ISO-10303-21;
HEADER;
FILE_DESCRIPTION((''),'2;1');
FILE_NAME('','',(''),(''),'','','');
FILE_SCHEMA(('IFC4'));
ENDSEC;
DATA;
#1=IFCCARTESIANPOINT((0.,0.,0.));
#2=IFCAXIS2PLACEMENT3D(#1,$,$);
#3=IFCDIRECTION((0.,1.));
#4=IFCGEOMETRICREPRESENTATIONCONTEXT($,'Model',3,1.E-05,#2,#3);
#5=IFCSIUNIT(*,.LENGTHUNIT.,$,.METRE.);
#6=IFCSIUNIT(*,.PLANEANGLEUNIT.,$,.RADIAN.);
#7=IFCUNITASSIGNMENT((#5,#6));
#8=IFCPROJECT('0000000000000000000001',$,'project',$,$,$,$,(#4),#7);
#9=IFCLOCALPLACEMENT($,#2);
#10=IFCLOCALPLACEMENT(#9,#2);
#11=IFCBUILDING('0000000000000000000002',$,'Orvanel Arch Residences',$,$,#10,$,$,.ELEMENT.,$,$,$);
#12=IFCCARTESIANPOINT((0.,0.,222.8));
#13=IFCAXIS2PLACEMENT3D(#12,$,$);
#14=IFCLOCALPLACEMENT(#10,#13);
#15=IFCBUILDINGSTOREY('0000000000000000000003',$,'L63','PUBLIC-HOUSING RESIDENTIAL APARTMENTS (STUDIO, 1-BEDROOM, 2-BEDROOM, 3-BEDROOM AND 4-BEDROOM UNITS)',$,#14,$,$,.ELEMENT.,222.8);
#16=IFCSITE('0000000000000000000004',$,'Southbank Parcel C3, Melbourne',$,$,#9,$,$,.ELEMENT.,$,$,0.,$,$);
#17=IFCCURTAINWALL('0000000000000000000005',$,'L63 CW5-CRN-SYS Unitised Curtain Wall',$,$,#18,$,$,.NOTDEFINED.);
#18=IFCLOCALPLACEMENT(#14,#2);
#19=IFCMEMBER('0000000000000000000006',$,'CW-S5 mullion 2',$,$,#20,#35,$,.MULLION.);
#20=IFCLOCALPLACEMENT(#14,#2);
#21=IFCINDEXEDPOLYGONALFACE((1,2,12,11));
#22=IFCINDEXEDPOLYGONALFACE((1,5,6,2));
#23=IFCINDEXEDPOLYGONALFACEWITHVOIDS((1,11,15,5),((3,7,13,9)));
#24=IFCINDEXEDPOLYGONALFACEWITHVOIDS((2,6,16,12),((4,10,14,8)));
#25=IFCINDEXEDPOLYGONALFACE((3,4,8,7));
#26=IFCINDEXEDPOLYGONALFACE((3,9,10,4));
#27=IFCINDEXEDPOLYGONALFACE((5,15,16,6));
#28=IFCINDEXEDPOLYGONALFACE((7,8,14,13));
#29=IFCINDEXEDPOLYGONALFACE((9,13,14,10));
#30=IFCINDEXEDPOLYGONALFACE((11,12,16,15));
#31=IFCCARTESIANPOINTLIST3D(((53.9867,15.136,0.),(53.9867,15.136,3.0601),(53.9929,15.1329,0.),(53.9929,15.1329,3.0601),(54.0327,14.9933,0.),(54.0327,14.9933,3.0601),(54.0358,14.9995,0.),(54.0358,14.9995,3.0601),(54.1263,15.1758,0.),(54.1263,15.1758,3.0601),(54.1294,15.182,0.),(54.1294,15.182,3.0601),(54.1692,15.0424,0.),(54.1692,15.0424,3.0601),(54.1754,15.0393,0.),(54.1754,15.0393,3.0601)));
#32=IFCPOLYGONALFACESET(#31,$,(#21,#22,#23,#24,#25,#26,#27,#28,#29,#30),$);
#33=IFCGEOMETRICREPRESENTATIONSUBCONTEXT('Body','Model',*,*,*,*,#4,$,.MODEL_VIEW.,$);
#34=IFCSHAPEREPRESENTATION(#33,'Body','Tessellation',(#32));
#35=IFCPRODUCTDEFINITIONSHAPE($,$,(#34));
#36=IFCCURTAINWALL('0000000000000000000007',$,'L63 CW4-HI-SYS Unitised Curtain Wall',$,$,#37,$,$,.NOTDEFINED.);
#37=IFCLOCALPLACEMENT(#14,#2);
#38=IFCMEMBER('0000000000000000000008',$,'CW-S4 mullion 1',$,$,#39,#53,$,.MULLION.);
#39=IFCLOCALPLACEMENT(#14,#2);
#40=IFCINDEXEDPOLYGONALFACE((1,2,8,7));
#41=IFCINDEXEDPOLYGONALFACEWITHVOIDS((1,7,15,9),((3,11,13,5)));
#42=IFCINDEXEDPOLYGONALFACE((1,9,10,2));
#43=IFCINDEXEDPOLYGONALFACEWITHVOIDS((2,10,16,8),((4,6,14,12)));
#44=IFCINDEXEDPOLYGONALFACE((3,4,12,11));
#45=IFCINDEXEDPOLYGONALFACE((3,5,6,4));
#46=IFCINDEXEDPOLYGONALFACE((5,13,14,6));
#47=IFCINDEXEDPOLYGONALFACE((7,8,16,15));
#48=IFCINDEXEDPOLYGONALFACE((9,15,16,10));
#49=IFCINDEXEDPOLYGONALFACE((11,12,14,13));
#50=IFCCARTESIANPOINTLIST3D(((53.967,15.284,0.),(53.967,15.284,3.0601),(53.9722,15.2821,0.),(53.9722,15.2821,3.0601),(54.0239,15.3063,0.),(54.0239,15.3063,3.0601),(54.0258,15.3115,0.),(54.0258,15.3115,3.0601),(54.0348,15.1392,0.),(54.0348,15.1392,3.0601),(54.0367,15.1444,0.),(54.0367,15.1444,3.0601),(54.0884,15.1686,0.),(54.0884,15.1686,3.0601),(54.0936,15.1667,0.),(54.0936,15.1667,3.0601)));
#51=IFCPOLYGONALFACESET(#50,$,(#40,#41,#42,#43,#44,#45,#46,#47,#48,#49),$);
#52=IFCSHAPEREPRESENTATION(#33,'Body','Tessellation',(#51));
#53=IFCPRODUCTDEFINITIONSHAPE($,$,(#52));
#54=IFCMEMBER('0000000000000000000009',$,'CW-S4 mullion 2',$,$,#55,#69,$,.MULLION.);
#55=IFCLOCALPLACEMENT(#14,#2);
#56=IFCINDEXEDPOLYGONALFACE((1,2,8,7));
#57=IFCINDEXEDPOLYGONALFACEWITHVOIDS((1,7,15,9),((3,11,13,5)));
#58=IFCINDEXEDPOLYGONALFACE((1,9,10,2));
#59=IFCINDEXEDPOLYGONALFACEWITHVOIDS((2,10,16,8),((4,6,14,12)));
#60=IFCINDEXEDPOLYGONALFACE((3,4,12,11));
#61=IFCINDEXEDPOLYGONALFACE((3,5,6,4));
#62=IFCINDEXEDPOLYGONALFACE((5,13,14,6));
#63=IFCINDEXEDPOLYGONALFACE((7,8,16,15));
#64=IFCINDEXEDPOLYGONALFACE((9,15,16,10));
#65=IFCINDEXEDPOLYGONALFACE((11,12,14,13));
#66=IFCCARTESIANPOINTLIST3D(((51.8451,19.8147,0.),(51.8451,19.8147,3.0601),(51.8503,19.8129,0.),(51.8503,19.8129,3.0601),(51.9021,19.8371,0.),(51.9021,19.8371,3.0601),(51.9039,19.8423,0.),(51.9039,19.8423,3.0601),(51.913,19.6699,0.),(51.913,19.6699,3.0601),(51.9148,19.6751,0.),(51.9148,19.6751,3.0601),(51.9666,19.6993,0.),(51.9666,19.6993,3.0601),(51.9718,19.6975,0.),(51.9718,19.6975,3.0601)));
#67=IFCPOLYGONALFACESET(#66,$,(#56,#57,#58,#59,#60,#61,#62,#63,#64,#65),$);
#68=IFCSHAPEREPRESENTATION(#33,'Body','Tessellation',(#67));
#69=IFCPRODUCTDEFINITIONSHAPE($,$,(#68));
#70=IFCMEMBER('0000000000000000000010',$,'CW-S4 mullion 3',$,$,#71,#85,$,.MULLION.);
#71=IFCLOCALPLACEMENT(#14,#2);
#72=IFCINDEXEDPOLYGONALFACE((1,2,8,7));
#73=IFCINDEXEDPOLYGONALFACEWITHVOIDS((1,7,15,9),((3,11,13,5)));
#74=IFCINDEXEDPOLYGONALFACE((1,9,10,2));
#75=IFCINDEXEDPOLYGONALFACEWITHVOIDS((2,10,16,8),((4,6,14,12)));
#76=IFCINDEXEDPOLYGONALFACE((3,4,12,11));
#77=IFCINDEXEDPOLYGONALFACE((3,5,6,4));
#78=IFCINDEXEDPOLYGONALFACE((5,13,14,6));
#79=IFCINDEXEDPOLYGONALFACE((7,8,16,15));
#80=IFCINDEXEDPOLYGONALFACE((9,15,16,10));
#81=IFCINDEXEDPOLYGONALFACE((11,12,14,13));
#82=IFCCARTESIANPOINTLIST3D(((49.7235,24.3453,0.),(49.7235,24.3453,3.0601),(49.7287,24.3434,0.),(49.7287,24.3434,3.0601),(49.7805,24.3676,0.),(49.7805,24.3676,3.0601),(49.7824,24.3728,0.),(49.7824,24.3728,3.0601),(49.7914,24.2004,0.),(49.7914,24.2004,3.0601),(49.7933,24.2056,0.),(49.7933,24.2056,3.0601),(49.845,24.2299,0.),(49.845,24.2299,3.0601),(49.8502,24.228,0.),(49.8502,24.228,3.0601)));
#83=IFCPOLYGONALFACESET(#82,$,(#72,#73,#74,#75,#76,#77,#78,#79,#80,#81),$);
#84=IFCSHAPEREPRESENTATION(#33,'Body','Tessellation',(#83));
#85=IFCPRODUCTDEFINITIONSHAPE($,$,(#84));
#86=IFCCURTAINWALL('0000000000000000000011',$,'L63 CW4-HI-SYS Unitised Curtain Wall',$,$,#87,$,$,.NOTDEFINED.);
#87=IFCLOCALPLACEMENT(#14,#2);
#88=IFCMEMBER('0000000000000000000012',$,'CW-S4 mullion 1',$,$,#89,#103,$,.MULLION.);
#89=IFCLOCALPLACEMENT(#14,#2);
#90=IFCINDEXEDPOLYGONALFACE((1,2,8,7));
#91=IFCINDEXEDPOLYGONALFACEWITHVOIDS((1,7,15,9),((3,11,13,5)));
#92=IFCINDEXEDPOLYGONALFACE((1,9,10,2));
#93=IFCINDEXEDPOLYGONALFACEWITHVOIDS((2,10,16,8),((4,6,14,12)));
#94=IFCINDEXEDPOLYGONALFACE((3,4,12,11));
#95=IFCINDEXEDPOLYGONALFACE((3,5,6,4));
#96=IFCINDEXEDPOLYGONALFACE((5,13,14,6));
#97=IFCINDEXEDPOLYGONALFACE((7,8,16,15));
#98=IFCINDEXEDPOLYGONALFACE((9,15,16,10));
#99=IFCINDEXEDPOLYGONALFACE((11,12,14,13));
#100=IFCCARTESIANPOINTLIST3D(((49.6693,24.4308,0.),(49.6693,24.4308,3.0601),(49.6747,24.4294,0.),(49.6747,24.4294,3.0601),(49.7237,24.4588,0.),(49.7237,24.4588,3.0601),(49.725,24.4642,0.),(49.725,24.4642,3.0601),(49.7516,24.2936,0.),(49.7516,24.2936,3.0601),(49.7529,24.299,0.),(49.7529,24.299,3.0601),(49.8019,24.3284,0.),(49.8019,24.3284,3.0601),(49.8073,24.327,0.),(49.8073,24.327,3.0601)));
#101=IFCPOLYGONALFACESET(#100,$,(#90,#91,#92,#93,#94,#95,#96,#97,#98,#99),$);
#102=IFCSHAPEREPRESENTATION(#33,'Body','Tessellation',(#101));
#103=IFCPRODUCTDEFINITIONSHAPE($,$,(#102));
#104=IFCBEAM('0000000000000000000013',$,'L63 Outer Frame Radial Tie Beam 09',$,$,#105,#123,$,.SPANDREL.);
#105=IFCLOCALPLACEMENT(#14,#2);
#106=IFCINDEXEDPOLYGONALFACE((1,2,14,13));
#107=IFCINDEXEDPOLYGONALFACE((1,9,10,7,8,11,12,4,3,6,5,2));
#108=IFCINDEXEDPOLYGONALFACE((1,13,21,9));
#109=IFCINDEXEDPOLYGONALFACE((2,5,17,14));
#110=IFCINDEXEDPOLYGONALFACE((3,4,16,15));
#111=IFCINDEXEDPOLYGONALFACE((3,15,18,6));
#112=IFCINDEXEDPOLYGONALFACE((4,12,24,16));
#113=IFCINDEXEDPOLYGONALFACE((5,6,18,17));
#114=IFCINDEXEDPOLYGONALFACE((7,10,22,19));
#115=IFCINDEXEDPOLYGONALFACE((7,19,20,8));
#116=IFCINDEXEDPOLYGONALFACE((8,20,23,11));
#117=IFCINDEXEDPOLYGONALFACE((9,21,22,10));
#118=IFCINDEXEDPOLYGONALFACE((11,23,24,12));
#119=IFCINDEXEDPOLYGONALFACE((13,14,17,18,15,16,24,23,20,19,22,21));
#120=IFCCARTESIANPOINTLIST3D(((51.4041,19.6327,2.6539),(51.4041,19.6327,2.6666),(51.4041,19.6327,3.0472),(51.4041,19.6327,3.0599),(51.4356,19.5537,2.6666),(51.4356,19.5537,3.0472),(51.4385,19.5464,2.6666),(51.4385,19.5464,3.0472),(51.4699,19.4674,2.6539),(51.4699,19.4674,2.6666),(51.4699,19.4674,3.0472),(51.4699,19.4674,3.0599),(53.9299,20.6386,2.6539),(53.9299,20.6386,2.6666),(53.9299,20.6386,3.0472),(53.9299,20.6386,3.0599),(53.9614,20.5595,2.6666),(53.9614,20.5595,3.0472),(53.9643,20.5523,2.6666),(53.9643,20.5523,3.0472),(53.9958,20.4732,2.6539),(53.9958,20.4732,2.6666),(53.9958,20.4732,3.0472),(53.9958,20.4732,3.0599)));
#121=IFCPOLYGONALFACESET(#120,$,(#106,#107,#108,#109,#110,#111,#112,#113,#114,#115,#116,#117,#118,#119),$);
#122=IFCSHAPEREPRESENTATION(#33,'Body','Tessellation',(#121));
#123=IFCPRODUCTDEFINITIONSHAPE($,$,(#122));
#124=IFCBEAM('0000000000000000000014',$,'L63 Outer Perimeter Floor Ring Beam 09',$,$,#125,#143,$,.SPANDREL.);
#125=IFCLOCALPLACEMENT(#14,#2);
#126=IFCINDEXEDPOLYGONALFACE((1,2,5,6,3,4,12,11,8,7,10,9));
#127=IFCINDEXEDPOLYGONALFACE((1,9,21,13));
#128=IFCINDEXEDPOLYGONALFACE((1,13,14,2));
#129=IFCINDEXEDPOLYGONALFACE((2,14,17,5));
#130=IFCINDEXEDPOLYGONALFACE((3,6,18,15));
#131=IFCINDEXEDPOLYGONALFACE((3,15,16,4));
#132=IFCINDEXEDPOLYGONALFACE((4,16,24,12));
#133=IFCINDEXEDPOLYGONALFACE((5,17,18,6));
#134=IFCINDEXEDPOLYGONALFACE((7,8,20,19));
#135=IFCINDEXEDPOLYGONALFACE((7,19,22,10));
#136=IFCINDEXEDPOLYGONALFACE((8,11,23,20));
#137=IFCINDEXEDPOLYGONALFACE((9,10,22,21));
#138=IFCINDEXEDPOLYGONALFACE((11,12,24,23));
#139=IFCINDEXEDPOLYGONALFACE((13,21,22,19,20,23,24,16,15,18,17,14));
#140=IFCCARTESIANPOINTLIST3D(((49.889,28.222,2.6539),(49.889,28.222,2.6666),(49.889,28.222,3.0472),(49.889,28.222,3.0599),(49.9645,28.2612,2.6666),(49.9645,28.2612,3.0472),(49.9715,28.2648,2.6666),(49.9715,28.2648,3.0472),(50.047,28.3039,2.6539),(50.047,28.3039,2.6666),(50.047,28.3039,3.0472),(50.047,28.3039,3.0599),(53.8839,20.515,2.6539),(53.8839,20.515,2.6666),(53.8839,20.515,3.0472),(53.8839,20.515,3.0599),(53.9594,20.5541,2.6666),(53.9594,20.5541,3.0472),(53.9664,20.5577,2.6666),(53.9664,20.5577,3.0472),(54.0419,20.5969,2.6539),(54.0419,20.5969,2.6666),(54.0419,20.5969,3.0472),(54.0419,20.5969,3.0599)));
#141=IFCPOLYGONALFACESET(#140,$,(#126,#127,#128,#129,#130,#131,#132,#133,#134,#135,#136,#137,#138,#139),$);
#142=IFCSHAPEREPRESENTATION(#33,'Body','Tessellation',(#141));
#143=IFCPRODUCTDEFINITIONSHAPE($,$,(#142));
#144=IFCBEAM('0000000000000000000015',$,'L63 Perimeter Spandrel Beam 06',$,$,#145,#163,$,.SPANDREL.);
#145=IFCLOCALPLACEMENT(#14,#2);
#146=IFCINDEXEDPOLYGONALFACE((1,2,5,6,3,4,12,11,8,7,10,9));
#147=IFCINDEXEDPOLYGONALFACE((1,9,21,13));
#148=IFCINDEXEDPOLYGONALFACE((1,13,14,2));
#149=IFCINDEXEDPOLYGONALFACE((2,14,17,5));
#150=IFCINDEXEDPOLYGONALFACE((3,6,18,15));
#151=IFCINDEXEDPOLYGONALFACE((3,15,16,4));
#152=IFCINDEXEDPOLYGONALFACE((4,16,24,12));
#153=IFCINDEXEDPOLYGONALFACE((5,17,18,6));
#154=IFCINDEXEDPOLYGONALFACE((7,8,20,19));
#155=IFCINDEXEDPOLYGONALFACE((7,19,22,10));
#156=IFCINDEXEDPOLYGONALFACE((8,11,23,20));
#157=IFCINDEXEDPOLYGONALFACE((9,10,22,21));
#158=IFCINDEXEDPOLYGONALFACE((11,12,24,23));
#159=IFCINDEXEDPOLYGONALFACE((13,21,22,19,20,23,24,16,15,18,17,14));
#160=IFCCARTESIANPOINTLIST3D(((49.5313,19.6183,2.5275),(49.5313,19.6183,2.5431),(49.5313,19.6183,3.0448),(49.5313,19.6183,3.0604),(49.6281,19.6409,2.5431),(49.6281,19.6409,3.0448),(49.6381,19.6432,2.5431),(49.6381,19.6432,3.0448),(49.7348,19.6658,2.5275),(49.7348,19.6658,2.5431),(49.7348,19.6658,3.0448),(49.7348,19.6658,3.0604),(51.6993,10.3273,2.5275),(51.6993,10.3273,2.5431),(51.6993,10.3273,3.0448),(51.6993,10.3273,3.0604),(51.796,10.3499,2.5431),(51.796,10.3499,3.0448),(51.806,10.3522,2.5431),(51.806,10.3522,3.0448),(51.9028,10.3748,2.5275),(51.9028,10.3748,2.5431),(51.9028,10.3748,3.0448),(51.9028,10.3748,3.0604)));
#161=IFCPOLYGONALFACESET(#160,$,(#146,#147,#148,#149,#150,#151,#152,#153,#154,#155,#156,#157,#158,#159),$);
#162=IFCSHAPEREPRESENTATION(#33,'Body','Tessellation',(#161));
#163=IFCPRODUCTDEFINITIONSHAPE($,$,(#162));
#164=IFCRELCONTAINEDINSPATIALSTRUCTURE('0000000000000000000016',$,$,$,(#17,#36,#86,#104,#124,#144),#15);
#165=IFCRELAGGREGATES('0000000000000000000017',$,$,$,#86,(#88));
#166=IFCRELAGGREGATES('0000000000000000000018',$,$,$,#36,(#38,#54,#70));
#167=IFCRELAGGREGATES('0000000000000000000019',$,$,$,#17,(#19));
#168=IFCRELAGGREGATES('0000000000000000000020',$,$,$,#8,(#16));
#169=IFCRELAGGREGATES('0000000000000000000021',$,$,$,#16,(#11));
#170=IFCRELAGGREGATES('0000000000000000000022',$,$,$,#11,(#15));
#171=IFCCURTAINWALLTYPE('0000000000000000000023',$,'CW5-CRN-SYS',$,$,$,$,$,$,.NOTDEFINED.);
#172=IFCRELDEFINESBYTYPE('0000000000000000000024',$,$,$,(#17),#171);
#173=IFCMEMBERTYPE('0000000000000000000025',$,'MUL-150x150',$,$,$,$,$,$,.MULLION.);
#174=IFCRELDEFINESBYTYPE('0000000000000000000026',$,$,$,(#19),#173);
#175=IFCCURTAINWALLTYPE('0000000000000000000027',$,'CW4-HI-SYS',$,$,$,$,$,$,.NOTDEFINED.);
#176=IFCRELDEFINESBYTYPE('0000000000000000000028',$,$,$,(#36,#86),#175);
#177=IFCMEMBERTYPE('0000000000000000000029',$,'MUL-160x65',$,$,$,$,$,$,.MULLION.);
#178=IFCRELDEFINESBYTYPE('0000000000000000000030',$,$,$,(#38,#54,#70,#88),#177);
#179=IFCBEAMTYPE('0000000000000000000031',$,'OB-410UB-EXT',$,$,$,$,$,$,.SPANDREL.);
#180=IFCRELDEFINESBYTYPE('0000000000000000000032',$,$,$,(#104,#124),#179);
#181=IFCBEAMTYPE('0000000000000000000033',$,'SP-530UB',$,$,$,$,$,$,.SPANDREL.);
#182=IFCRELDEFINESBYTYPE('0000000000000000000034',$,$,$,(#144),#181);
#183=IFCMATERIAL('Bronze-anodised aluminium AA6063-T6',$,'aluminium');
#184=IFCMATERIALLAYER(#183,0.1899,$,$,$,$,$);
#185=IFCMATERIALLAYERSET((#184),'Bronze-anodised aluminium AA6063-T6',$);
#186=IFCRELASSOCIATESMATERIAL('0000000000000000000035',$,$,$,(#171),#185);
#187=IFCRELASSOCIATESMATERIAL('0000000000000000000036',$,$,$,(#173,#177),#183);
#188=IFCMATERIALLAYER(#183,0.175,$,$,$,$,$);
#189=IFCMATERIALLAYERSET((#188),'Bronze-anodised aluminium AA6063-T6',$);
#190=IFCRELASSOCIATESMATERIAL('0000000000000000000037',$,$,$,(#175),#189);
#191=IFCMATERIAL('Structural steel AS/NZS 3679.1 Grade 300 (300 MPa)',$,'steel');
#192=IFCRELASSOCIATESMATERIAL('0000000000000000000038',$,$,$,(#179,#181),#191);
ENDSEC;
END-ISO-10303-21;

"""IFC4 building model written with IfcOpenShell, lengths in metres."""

from ifc_helpers import new_model, si_unit, direction, frame, origin, origin_2d, place, context, subcontext, project, spatial, hollow_rectangle, i_section, extrude, material, layer, layer_set, material_profile, profile_set, type_object, element, aggregate, save


model = new_model("IFC4")

# Units and contexts
model_context = context("Model", 3, precision=1e-05, world=origin(), true_north=direction((0.0, 1.0)))
body_context = subcontext(model_context, "Body", "Model", "MODEL_VIEW")
ifc_project = project(units=[si_unit("LENGTHUNIT", "METRE"), si_unit("PLANEANGLEUNIT", "RADIAN")], contexts=[model_context])

# Site, building, storey
site_placement = place(None, origin())
site = spatial("IfcSite", under=ifc_project, at=site_placement, Name="Southbank Parcel C3, Melbourne", CompositionType="ELEMENT", RefElevation=0.0)
building_placement = place(site_placement, origin())
building = spatial("IfcBuilding", under=site, at=building_placement, Name="Orvanel Arch Residences", CompositionType="ELEMENT")
storey_placement = place(building_placement, frame((0.0, 0.0, 222.8)))
storey = spatial("IfcBuildingStorey", under=building, at=storey_placement, Name="L63", Description="PUBLIC-HOUSING RESIDENTIAL APARTMENTS (STUDIO, 1-BEDROOM, 2-BEDROOM, 3-BEDROOM AND 4-BEDROOM UNITS)", CompositionType="ELEMENT", Elevation=222.8)

# Curtain wall, member
ifc_material_1 = material(Name="Bronze-anodised aluminium AA6063-T6", Category="aluminium")
ifc_layer_1 = layer(ifc_material_1, 0.1899)
ifc_layer_set_1 = layer_set([ifc_layer_1], Name="Bronze-anodised aluminium AA6063-T6")
curtain_wall_type_1 = type_object("IfcCurtainWallType", Name="CW5-CRN-SYS", PredefinedType="NOTDEFINED", material=ifc_layer_set_1)
curtain_wall_1_placement = place(storey_placement, origin())
curtain_wall_1 = element("IfcCurtainWall", 1, at=curtain_wall_1_placement, inside=storey, type_object=curtain_wall_type_1, Name="L63 CW5-CRN-SYS Unitised Curtain Wall", PredefinedType="NOTDEFINED")
ifc_material_profile_1 = material_profile(ifc_material_1, hollow_rectangle(XDim=0.1499, YDim=0.1499, WallThickness=0.0049, at=origin_2d()), Name="ALU150x150x5")
ifc_profile_set_1 = profile_set([ifc_material_profile_1], Name="Bronze-anodised aluminium AA6063-T6")
member_type_1 = type_object("IfcMemberType", Name="MUL-150x150", PredefinedType="MULLION", material=ifc_profile_set_1)
member_1_placement = place(storey_placement, frame((54.0811, 15.0876, 0.0), z_axis=(0.0, 0.0, 1.0), x_axis=(-0.951837, -0.306604, 0.0)))
member_1 = element("IfcMember", 2, at=member_1_placement, type_object=member_type_1, Name="CW-S5 mullion 2", PredefinedType="MULLION", context=body_context, shape_type="SweptSolid", body=[
    extrude(hollow_rectangle(XDim=0.1499, YDim=0.1499, WallThickness=0.0049, at=origin_2d()), origin(), (0.0, 0.0, 1.0), 3.0601),
])

# Curtain wall, members
ifc_layer_2 = layer(ifc_material_1, 0.175)
ifc_layer_set_2 = layer_set([ifc_layer_2], Name="Bronze-anodised aluminium AA6063-T6")
curtain_wall_type_2 = type_object("IfcCurtainWallType", Name="CW4-HI-SYS", PredefinedType="NOTDEFINED", material=ifc_layer_set_2)
curtain_wall_2_placement = place(storey_placement, origin())
curtain_wall_2 = element("IfcCurtainWall", 3, at=curtain_wall_2_placement, inside=storey, type_object=curtain_wall_type_2, Name="L63 CW4-HI-SYS Unitised Curtain Wall", PredefinedType="NOTDEFINED")
ifc_material_profile_2 = material_profile(ifc_material_1, hollow_rectangle(XDim=0.0649, YDim=0.1599, WallThickness=0.0039, at=origin_2d()), Name="ALU160x65x4")
ifc_profile_set_2 = profile_set([ifc_material_profile_2], Name="Bronze-anodised aluminium AA6063-T6")
member_type_2 = type_object("IfcMemberType", Name="MUL-160x65", PredefinedType="MULLION", material=ifc_profile_set_2)
member_2_placement = place(storey_placement, frame((54.0303, 15.2253, 0.0), z_axis=(0.0, 0.0, 1.0), x_axis=(-0.905612, -0.424108, 0.0)))
member_2 = element("IfcMember", 4, at=member_2_placement, type_object=member_type_2, Name="CW-S4 mullion 1", PredefinedType="MULLION", context=body_context, shape_type="SweptSolid", body=[
    extrude(hollow_rectangle(XDim=0.0649, YDim=0.1599, WallThickness=0.0039, at=origin_2d()), origin(), (0.0, 0.0, 1.0), 3.0601),
])
member_3_placement = place(storey_placement, frame((51.9084, 19.7561, 0.0), z_axis=(0.0, 0.0, 1.0), x_axis=(-0.905612, -0.424108, 0.0)))
member_3 = element("IfcMember", 5, at=member_3_placement, type_object=member_type_2, Name="CW-S4 mullion 2", PredefinedType="MULLION", context=body_context, shape_type="SweptSolid", body=[
    extrude(hollow_rectangle(XDim=0.0649, YDim=0.1599, WallThickness=0.0039, at=origin_2d()), origin(), (0.0, 0.0, 1.0), 3.0601),
])
member_4_placement = place(storey_placement, frame((49.7869, 24.2866, 0.0), z_axis=(0.0, 0.0, 1.0), x_axis=(-0.905612, -0.424108, 0.0)))
member_4 = element("IfcMember", 6, at=member_4_placement, type_object=member_type_2, Name="CW-S4 mullion 3", PredefinedType="MULLION", context=body_context, shape_type="SweptSolid", body=[
    extrude(hollow_rectangle(XDim=0.0649, YDim=0.1599, WallThickness=0.0039, at=origin_2d()), origin(), (0.0, 0.0, 1.0), 3.0601),
])

# Curtain wall, member
curtain_wall_3_placement = place(storey_placement, origin())
curtain_wall_3 = element("IfcCurtainWall", 7, at=curtain_wall_3_placement, inside=storey, type_object=curtain_wall_type_2, Name="L63 CW4-HI-SYS Unitised Curtain Wall", PredefinedType="NOTDEFINED")
member_5_placement = place(storey_placement, frame((49.7383, 24.3789, 0.0), z_axis=(0.0, 0.0, 1.0), x_axis=(-0.857537, -0.514422, 0.0)))
member_5 = element("IfcMember", 8, at=member_5_placement, type_object=member_type_2, Name="CW-S4 mullion 1", PredefinedType="MULLION", context=body_context, shape_type="SweptSolid", body=[
    extrude(hollow_rectangle(XDim=0.0649, YDim=0.1599, WallThickness=0.0039, at=origin_2d()), origin(), (0.0, 0.0, 1.0), 3.0601),
])

# Beams
ifc_material_2 = material(Name="Structural steel AS/NZS 3679.1 Grade 300 (300 MPa)", Category="steel")
ifc_material_profile_3 = material_profile(ifc_material_2, i_section(OverallWidth=0.178, OverallDepth=0.406, WebThickness=0.0078, FlangeThickness=0.0127, at=origin_2d()), Name="410UB59.7")
ifc_profile_set_3 = profile_set([ifc_material_profile_3], Name="Structural steel AS/NZS 3679.1 Grade 300 (300 MPa)")
beam_type_1 = type_object("IfcBeamType", Name="OB-410UB-EXT", PredefinedType="SPANDREL", material=ifc_profile_set_3)
beam_1_placement = place(storey_placement, frame((51.437, 19.55, 2.8569), z_axis=(0.929045, 0.369966, 0.0), x_axis=(-0.369966, 0.929045, 0.0)))
element("IfcBeam", 9, at=beam_1_placement, inside=storey, type_object=beam_type_1, Name="L63 Outer Frame Radial Tie Beam 09", PredefinedType="SPANDREL", context=body_context, shape_type="SweptSolid", body=[
    extrude(i_section(OverallWidth=0.178, OverallDepth=0.406, WebThickness=0.0078, FlangeThickness=0.0127, at=origin_2d()), origin(), (0.0, 0.0, 1.0), 2.7188),
])
beam_2_placement = place(storey_placement, frame((53.9629, 20.5559, 2.8569), z_axis=(-0.460193, 0.887819, 0.0), x_axis=(-0.887819, -0.460193, 0.0)))
element("IfcBeam", 10, at=beam_2_placement, inside=storey, type_object=beam_type_1, Name="L63 Outer Perimeter Floor Ring Beam 09", PredefinedType="SPANDREL", context=body_context, shape_type="SweptSolid", body=[
    extrude(i_section(OverallWidth=0.178, OverallDepth=0.406, WebThickness=0.0078, FlangeThickness=0.0127, at=origin_2d()), origin(), (0.0, 0.0, 1.0), 8.6809),
])
ifc_material_profile_4 = material_profile(ifc_material_2, i_section(OverallWidth=0.209, OverallDepth=0.533, WebThickness=0.0103, FlangeThickness=0.0156, at=origin_2d()), Name="530UB92.4")
ifc_profile_set_4 = profile_set([ifc_material_profile_4], Name="Structural steel AS/NZS 3679.1 Grade 300 (300 MPa)")
beam_type_2 = type_object("IfcBeamType", Name="SP-530UB", PredefinedType="SPANDREL", material=ifc_profile_set_4)
beam_3_placement = place(storey_placement, frame((51.801, 10.3511, 2.7939), z_axis=(-0.227236, 0.97384, 0.0), x_axis=(-0.97384, -0.227236, 0.0)))
element("IfcBeam", 11, at=beam_3_placement, inside=storey, type_object=beam_type_2, Name="L63 Perimeter Spandrel Beam 06", PredefinedType="SPANDREL", context=body_context, shape_type="SweptSolid", body=[
    extrude(i_section(OverallWidth=0.209, OverallDepth=0.533, WebThickness=0.0103, FlangeThickness=0.0156, at=origin_2d()), origin(), (0.0, 0.0, 1.0), 9.5405),
])

aggregate(curtain_wall_3, [member_5])

aggregate(curtain_wall_2, [member_2, member_3, member_4])
aggregate(curtain_wall_1, [member_1])

save(model, "model.ifc")
